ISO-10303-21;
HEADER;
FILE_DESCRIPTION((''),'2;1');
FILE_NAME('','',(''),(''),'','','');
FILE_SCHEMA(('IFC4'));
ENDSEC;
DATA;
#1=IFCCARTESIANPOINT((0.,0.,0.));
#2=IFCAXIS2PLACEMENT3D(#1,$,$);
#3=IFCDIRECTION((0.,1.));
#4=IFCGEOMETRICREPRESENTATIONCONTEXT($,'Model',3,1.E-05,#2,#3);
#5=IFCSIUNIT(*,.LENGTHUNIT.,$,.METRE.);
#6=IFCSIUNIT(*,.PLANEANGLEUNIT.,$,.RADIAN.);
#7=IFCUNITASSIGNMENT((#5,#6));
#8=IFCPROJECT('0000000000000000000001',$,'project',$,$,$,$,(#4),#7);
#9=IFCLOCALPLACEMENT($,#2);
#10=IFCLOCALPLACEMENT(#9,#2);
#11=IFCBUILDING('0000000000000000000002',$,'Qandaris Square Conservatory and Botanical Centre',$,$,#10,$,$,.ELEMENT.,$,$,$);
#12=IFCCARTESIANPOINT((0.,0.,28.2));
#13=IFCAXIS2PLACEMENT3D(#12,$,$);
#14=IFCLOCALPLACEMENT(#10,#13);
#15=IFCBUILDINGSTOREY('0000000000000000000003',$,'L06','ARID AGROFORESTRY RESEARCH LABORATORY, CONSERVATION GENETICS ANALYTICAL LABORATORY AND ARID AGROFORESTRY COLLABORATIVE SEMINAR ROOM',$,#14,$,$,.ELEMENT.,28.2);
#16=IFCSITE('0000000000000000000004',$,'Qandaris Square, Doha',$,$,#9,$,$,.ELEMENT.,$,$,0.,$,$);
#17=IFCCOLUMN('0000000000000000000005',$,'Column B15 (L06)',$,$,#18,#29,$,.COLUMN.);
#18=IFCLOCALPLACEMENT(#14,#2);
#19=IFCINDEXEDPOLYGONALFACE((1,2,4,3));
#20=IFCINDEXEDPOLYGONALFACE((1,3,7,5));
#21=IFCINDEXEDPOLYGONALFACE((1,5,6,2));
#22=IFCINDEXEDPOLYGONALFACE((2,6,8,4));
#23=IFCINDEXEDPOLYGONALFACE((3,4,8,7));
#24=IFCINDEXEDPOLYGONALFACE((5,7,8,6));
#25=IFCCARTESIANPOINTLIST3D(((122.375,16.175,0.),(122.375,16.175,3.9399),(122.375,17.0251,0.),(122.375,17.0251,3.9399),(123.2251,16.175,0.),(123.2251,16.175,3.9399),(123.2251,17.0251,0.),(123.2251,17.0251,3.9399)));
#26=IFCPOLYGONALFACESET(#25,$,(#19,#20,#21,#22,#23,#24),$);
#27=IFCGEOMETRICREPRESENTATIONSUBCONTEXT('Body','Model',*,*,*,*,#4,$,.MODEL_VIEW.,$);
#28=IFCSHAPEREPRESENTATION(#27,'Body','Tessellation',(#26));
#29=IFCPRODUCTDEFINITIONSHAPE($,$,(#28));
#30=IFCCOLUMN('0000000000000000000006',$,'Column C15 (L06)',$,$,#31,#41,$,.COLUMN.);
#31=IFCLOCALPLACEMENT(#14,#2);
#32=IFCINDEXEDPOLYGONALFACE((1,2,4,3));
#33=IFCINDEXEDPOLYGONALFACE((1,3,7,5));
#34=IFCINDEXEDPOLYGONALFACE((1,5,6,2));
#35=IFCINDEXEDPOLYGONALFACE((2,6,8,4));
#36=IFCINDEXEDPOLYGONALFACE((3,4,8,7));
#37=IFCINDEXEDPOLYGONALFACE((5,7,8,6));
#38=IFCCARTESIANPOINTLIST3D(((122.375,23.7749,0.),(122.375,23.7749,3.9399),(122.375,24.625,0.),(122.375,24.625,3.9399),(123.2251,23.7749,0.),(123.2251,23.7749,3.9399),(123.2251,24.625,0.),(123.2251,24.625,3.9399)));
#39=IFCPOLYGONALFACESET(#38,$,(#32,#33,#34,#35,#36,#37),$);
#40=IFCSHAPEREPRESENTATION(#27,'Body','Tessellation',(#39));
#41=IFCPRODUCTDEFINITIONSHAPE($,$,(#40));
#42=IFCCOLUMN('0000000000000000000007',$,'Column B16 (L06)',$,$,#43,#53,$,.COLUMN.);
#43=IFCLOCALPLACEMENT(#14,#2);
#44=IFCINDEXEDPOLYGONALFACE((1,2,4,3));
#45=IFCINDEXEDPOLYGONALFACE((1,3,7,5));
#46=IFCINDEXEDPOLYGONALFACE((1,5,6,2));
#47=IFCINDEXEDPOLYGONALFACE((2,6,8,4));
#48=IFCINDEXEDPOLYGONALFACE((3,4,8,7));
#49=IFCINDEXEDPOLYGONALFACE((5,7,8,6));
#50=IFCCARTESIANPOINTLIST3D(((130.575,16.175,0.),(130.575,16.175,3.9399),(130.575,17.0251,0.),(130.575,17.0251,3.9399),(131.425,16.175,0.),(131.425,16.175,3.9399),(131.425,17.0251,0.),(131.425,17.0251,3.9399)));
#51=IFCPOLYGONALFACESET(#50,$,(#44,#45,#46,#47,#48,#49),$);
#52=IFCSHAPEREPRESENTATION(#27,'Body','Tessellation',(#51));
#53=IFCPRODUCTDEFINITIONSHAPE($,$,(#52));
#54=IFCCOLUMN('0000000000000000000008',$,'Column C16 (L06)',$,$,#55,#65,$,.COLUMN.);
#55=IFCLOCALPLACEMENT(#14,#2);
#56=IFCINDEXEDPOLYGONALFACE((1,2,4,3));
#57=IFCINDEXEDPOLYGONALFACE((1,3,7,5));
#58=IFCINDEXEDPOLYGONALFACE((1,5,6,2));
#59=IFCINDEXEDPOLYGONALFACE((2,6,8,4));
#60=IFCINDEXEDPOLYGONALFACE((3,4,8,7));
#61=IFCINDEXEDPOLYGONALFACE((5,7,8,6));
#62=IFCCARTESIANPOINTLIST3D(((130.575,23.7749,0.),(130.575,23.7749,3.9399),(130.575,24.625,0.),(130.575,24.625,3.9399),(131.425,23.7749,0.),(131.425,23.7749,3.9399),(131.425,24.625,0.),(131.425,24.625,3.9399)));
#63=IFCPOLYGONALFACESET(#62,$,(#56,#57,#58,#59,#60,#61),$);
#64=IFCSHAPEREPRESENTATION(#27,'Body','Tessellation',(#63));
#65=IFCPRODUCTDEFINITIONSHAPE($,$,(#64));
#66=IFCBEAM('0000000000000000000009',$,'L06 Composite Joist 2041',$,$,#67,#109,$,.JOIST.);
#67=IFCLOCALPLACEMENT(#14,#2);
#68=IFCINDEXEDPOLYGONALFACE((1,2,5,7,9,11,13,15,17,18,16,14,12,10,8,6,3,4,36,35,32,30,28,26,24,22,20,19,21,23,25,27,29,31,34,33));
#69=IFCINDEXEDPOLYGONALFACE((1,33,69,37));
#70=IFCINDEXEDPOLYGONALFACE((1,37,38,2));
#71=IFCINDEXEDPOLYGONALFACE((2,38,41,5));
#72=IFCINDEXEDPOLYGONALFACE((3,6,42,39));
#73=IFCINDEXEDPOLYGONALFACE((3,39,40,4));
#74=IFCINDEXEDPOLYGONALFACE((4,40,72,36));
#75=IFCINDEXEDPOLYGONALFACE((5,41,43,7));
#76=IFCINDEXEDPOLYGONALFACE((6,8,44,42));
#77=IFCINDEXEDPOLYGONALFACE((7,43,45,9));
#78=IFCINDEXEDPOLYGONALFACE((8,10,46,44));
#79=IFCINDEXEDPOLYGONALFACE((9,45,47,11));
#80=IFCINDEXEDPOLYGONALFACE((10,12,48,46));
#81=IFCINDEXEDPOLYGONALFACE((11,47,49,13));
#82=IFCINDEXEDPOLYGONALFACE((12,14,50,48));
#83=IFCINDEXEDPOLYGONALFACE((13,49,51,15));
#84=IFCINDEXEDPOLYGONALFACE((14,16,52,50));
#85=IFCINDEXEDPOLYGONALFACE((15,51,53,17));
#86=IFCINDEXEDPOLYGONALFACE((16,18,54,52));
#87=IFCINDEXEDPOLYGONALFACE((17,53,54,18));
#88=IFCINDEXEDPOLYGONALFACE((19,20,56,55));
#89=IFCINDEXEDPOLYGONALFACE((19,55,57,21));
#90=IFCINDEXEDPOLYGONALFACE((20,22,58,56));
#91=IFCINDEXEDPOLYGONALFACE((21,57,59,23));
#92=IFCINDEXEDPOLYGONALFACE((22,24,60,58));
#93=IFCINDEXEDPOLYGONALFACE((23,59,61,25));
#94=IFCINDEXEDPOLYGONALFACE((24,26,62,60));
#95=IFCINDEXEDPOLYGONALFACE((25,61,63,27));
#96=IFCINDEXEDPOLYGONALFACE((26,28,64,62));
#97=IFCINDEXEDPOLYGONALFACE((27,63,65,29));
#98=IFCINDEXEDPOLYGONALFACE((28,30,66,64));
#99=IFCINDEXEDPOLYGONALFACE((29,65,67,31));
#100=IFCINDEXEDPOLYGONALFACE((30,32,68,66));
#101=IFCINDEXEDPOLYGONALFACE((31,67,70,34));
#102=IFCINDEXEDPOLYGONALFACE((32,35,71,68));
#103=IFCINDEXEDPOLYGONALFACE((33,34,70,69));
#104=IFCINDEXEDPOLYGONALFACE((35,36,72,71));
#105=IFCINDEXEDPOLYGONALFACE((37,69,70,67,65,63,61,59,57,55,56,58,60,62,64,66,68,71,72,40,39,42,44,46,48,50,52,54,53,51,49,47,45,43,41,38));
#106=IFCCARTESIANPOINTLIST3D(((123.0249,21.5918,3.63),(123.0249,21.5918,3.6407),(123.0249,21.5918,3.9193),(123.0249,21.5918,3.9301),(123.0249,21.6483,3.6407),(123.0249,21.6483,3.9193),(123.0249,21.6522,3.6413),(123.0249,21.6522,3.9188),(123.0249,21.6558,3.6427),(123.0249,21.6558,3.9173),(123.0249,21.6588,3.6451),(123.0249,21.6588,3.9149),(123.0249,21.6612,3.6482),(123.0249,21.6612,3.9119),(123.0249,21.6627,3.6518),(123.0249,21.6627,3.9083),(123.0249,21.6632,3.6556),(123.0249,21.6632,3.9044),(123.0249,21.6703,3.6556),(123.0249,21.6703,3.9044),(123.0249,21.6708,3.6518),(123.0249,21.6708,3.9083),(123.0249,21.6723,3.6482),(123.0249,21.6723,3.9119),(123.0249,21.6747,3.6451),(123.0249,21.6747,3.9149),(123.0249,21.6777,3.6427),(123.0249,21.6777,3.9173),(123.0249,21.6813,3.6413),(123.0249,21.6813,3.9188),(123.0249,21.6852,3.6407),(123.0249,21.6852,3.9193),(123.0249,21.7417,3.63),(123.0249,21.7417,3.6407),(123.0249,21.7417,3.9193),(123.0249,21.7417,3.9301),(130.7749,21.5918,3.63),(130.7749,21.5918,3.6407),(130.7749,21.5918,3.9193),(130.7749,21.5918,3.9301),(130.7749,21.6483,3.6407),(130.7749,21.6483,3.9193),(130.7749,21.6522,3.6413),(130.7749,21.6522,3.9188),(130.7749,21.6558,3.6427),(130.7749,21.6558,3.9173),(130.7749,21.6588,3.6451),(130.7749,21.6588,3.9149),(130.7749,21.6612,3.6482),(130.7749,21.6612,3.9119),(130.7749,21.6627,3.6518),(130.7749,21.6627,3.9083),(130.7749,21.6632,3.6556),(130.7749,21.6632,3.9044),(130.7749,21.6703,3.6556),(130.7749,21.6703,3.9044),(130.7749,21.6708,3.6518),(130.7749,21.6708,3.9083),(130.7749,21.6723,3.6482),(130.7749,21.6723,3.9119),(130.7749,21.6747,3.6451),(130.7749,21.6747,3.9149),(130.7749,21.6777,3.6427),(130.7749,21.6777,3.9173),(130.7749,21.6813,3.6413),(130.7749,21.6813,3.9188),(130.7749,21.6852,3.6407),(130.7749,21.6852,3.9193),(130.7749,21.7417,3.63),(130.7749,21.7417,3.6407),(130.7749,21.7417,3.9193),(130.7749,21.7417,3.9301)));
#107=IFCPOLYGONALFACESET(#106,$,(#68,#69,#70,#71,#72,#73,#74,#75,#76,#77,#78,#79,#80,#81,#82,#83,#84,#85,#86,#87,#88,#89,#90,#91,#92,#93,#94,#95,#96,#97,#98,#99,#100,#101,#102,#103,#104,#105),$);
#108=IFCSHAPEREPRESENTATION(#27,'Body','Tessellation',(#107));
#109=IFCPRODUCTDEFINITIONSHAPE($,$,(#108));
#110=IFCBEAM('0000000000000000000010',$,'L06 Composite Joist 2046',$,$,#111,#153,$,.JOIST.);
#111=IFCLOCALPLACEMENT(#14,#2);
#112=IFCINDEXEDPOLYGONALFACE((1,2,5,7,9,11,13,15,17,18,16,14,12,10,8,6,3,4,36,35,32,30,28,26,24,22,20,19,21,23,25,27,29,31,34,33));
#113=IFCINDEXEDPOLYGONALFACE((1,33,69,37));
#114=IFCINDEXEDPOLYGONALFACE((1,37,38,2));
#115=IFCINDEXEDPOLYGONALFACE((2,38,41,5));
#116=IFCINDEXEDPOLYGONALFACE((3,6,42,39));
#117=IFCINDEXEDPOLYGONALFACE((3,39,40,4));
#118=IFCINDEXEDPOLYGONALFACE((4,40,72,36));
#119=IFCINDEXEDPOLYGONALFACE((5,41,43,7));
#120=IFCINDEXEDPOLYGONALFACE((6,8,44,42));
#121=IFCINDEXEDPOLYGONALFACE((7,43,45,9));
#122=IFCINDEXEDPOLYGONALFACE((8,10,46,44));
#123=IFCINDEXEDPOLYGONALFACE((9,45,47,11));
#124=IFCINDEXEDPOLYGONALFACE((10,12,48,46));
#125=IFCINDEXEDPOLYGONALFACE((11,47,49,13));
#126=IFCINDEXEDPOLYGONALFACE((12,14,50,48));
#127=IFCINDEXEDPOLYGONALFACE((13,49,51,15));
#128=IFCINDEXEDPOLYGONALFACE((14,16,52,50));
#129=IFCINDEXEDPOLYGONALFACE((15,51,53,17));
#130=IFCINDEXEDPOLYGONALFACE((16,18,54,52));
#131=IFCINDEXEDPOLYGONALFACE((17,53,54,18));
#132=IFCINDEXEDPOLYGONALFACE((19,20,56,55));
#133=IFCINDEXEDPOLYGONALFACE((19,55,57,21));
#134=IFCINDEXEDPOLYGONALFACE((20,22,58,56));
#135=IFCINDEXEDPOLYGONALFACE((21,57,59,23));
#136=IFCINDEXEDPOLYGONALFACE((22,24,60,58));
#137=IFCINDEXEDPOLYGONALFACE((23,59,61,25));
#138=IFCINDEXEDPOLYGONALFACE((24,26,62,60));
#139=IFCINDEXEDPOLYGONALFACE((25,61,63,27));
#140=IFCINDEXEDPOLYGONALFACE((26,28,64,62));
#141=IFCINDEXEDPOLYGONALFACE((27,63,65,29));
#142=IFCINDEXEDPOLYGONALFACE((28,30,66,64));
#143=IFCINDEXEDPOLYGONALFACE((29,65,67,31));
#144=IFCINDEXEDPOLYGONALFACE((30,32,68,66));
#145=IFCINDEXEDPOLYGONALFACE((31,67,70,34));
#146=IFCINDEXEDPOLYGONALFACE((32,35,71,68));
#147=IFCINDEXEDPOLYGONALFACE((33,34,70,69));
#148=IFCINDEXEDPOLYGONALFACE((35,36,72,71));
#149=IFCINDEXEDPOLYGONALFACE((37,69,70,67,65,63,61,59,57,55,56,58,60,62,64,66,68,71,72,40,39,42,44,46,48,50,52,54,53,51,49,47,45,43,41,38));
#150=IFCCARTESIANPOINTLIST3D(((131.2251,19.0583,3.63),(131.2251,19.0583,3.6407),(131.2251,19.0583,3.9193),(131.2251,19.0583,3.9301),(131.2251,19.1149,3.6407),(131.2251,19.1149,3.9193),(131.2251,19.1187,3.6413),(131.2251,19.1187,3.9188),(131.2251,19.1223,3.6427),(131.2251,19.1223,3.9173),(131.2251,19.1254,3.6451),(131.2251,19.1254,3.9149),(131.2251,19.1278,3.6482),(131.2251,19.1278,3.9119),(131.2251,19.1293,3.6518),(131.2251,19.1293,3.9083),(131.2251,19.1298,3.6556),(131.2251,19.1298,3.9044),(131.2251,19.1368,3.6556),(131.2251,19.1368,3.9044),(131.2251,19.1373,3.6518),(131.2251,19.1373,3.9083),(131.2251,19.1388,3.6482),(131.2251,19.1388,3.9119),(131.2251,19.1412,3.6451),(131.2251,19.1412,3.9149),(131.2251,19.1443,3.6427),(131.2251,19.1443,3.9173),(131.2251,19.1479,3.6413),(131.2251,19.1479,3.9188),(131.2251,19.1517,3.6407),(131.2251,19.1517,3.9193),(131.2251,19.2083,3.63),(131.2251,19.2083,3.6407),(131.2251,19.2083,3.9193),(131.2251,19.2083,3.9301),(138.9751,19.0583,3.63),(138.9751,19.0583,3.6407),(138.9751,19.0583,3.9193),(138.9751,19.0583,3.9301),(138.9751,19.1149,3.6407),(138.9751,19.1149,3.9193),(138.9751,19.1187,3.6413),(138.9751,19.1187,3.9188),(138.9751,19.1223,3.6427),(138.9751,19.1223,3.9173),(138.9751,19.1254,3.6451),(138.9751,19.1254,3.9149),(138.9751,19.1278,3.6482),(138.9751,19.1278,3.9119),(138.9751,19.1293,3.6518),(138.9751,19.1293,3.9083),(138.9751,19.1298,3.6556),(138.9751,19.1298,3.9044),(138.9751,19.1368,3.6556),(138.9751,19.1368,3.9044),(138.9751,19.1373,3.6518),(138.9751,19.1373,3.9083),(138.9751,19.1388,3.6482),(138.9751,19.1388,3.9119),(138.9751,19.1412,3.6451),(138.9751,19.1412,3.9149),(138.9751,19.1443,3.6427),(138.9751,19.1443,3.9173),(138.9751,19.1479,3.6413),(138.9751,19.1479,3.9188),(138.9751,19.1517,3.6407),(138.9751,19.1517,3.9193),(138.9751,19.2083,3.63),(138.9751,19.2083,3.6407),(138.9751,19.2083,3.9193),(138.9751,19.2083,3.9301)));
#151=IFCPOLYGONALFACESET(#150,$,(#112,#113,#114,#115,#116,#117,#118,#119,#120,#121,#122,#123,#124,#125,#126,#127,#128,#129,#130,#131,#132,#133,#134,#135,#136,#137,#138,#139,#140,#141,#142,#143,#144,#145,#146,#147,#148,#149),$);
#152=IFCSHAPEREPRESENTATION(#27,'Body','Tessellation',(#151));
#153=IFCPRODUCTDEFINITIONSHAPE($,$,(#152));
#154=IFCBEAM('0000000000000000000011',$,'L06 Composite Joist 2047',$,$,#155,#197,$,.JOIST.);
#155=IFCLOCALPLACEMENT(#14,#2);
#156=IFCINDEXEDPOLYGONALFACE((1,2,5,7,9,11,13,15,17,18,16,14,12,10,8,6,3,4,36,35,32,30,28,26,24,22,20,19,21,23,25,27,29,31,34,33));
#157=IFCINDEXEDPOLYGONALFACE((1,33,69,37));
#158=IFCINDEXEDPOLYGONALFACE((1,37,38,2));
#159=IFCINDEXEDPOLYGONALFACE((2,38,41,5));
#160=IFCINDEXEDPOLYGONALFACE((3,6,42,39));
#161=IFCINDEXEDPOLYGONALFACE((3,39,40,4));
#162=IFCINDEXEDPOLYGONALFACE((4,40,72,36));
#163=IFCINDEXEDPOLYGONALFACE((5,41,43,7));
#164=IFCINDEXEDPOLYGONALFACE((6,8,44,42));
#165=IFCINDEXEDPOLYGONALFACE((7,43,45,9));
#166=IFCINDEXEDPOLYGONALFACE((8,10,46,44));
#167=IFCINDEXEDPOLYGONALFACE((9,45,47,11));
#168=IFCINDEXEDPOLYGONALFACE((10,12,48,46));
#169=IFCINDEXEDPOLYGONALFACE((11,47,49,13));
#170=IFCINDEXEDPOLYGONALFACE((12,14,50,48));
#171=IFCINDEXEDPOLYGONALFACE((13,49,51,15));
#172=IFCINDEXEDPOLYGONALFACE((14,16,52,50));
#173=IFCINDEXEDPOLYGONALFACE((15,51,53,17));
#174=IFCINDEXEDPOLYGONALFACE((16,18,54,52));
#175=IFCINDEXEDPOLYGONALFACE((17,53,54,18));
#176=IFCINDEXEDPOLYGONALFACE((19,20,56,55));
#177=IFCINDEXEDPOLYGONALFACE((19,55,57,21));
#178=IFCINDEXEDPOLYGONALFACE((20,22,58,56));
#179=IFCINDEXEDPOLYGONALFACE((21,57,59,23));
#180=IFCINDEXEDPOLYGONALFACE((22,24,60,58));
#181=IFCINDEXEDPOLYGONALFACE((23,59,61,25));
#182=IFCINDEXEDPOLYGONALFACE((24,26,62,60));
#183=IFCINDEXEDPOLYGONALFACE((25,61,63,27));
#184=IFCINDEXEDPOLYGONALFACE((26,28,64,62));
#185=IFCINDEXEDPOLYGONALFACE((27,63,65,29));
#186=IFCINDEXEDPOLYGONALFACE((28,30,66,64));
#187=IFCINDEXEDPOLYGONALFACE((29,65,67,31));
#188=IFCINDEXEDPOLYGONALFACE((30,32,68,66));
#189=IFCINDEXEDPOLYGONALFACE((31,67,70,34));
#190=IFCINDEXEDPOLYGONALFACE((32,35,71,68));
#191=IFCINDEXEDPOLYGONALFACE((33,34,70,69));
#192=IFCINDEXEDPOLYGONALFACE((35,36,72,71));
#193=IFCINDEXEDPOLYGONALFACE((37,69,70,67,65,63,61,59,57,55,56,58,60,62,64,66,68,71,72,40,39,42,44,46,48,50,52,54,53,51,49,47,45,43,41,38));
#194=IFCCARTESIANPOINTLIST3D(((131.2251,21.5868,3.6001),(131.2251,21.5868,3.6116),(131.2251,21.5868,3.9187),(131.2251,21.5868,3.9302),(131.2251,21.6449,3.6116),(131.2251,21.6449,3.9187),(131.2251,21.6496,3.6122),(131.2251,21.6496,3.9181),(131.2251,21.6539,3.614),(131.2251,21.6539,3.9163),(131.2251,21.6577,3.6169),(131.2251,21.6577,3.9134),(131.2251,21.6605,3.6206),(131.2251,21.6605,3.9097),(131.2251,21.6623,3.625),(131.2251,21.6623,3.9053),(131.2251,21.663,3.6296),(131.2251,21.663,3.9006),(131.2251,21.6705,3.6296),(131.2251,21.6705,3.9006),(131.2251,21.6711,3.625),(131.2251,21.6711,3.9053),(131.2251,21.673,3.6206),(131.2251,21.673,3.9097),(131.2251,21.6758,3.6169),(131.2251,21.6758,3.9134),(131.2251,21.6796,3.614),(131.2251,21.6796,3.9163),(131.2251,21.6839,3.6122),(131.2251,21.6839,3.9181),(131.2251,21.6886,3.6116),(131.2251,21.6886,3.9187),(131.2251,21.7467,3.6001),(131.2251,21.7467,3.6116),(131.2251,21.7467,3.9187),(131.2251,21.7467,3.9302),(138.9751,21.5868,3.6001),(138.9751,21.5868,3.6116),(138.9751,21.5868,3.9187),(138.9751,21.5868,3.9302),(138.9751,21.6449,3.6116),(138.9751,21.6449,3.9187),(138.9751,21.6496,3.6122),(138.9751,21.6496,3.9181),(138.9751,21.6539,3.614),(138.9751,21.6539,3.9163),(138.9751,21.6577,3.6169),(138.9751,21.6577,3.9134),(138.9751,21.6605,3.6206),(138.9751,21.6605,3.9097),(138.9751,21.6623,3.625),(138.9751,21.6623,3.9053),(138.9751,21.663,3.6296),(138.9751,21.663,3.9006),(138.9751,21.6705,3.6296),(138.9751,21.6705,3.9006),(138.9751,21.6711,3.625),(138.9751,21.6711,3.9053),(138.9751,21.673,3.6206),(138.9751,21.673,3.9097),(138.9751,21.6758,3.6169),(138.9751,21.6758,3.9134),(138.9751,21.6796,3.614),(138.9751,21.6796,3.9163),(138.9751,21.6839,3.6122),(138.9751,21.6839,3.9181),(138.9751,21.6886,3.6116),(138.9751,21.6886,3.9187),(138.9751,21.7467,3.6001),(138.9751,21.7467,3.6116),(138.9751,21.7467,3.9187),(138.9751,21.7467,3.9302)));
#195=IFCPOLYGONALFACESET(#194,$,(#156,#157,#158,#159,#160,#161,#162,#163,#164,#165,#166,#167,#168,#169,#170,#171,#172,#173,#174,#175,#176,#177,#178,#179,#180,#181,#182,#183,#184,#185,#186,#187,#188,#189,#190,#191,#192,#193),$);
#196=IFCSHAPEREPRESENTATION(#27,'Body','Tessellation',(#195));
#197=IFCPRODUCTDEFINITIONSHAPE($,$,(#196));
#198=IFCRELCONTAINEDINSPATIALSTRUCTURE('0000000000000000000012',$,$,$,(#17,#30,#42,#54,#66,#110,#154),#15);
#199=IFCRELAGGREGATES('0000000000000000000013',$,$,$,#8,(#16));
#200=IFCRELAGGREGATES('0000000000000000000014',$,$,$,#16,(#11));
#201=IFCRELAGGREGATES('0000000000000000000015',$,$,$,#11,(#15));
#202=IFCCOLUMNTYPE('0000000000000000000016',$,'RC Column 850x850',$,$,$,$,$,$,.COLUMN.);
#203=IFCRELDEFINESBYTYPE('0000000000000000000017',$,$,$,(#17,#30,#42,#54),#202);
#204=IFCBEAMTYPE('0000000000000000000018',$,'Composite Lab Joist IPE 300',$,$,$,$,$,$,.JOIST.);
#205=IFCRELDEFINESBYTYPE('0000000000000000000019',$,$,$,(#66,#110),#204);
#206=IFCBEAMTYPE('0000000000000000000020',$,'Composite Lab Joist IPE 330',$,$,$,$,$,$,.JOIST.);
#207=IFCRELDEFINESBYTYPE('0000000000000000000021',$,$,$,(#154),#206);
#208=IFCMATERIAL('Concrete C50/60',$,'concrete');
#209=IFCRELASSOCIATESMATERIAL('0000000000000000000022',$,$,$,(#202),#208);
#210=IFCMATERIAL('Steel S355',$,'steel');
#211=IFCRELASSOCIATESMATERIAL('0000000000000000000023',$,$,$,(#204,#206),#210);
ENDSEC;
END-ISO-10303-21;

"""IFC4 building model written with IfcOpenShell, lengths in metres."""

from ifc_helpers import new_model, si_unit, direction, frame, origin, origin_2d, place, context, subcontext, project, spatial, rectangle, i_section, extrude, material, material_profile, profile_set, type_object, element, save


model = new_model("IFC4")

# Units and contexts
model_context = context("Model", 3, precision=1e-05, world=origin(), true_north=direction((0.0, 1.0)))
body_context = subcontext(model_context, "Body", "Model", "MODEL_VIEW")
ifc_project = project(units=[si_unit("LENGTHUNIT", "METRE"), si_unit("PLANEANGLEUNIT", "RADIAN")], contexts=[model_context])

# Site, building, storey
site_placement = place(None, origin())
site = spatial("IfcSite", under=ifc_project, at=site_placement, Name="Qandaris Square, Doha", CompositionType="ELEMENT", RefElevation=0.0)
building_placement = place(site_placement, origin())
building = spatial("IfcBuilding", under=site, at=building_placement, Name="Qandaris Square Conservatory and Botanical Centre", CompositionType="ELEMENT")
storey_placement = place(building_placement, frame((0.0, 0.0, 28.2)))
storey = spatial("IfcBuildingStorey", under=building, at=storey_placement, Name="L06", Description="ARID AGROFORESTRY RESEARCH LABORATORY, CONSERVATION GENETICS ANALYTICAL LABORATORY AND ARID AGROFORESTRY COLLABORATIVE SEMINAR ROOM", CompositionType="ELEMENT", Elevation=28.2)

# Columns
ifc_material_1 = material(Name="Concrete C50/60", Category="concrete")
ifc_material_profile_1 = material_profile(ifc_material_1, rectangle(XDim=0.8501, YDim=0.8501, at=origin_2d()), Name="RC-COL 850x850")
ifc_profile_set_1 = profile_set([ifc_material_profile_1], Name="Concrete C50/60")
column_type = type_object("IfcColumnType", Name="RC Column 850x850", PredefinedType="COLUMN", material=ifc_profile_set_1)
for number, where, z_axis, x_axis, name in (
    (1, (122.8, 16.6001, 0.0), (0.0, 0.0, 1.0), (1.0, 0.0, 0.0), "Column B15 (L06)"),
    (2, (122.8, 24.2, 0.0), (0.0, 0.0, 1.0), (1.0, 0.0, 0.0), "Column C15 (L06)"),
    (3, (131.0, 16.6001, 0.0), (0.0, 0.0, 1.0), (1.0, 0.0, 0.0), "Column B16 (L06)"),
    (4, (131.0, 24.2, 0.0), (0.0, 0.0, 1.0), (1.0, 0.0, 0.0), "Column C16 (L06)"),
):
    element("IfcColumn", number, at=place(storey_placement, frame(where, z_axis=z_axis, x_axis=x_axis)), inside=storey, type_object=column_type, Name=name, PredefinedType="COLUMN", context=body_context, shape_type="SweptSolid", body=[
        extrude(rectangle(XDim=0.8501, YDim=0.8501, at=origin_2d()), origin(), (0.0, 0.0, 1.0), 3.9399),
    ])

# Beams
ifc_material_2 = material(Name="Steel S355", Category="steel")
ifc_material_profile_2 = material_profile(ifc_material_2, i_section(OverallWidth=0.1499, OverallDepth=0.3, WebThickness=0.0071, FlangeThickness=0.0107, FilletRadius=0.0149, at=origin_2d()), Name="IPE 300")
ifc_profile_set_2 = profile_set([ifc_material_profile_2], Name="Steel S355")
beam_type_1 = type_object("IfcBeamType", Name="Composite Lab Joist IPE 300", PredefinedType="JOIST", material=ifc_profile_set_2)
for number, where, z_axis, x_axis, name in (
    (5, (123.0249, 21.6667, 3.78), (1.0, 0.0, 0.0), (0.0, 1.0, 0.0), "L06 Composite Joist 2041"),
    (6, (131.2251, 19.1333, 3.78), (1.0, 0.0, 0.0), (0.0, 1.0, 0.0), "L06 Composite Joist 2046"),
):
    element("IfcBeam", number, at=place(storey_placement, frame(where, z_axis=z_axis, x_axis=x_axis)), inside=storey, type_object=beam_type_1, Name=name, PredefinedType="JOIST", context=body_context, shape_type="SweptSolid", body=[
        extrude(i_section(OverallWidth=0.1499, OverallDepth=0.3, WebThickness=0.0071, FlangeThickness=0.0107, FilletRadius=0.0149, at=origin_2d()), origin(), (0.0, 0.0, 1.0), 7.75),
    ])
ifc_material_profile_3 = material_profile(ifc_material_2, i_section(OverallWidth=0.1599, OverallDepth=0.3301, WebThickness=0.0076, FlangeThickness=0.0115, FilletRadius=0.0181, at=origin_2d()), Name="IPE 330")
ifc_profile_set_3 = profile_set([ifc_material_profile_3], Name="Steel S355")
beam_type_2 = type_object("IfcBeamType", Name="Composite Lab Joist IPE 330", PredefinedType="JOIST", material=ifc_profile_set_3)
beam_1_placement = place(storey_placement, frame((131.2251, 21.6667, 3.7651), z_axis=(1.0, 0.0, 0.0), x_axis=(0.0, 1.0, 0.0)))
element("IfcBeam", 7, at=beam_1_placement, inside=storey, type_object=beam_type_2, Name="L06 Composite Joist 2047", PredefinedType="JOIST", context=body_context, shape_type="SweptSolid", body=[
    extrude(i_section(OverallWidth=0.1599, OverallDepth=0.3301, WebThickness=0.0076, FlangeThickness=0.0115, FilletRadius=0.0181, at=origin_2d()), origin(), (0.0, 0.0, 1.0), 7.75),
])

save(model, "model.ifc")
